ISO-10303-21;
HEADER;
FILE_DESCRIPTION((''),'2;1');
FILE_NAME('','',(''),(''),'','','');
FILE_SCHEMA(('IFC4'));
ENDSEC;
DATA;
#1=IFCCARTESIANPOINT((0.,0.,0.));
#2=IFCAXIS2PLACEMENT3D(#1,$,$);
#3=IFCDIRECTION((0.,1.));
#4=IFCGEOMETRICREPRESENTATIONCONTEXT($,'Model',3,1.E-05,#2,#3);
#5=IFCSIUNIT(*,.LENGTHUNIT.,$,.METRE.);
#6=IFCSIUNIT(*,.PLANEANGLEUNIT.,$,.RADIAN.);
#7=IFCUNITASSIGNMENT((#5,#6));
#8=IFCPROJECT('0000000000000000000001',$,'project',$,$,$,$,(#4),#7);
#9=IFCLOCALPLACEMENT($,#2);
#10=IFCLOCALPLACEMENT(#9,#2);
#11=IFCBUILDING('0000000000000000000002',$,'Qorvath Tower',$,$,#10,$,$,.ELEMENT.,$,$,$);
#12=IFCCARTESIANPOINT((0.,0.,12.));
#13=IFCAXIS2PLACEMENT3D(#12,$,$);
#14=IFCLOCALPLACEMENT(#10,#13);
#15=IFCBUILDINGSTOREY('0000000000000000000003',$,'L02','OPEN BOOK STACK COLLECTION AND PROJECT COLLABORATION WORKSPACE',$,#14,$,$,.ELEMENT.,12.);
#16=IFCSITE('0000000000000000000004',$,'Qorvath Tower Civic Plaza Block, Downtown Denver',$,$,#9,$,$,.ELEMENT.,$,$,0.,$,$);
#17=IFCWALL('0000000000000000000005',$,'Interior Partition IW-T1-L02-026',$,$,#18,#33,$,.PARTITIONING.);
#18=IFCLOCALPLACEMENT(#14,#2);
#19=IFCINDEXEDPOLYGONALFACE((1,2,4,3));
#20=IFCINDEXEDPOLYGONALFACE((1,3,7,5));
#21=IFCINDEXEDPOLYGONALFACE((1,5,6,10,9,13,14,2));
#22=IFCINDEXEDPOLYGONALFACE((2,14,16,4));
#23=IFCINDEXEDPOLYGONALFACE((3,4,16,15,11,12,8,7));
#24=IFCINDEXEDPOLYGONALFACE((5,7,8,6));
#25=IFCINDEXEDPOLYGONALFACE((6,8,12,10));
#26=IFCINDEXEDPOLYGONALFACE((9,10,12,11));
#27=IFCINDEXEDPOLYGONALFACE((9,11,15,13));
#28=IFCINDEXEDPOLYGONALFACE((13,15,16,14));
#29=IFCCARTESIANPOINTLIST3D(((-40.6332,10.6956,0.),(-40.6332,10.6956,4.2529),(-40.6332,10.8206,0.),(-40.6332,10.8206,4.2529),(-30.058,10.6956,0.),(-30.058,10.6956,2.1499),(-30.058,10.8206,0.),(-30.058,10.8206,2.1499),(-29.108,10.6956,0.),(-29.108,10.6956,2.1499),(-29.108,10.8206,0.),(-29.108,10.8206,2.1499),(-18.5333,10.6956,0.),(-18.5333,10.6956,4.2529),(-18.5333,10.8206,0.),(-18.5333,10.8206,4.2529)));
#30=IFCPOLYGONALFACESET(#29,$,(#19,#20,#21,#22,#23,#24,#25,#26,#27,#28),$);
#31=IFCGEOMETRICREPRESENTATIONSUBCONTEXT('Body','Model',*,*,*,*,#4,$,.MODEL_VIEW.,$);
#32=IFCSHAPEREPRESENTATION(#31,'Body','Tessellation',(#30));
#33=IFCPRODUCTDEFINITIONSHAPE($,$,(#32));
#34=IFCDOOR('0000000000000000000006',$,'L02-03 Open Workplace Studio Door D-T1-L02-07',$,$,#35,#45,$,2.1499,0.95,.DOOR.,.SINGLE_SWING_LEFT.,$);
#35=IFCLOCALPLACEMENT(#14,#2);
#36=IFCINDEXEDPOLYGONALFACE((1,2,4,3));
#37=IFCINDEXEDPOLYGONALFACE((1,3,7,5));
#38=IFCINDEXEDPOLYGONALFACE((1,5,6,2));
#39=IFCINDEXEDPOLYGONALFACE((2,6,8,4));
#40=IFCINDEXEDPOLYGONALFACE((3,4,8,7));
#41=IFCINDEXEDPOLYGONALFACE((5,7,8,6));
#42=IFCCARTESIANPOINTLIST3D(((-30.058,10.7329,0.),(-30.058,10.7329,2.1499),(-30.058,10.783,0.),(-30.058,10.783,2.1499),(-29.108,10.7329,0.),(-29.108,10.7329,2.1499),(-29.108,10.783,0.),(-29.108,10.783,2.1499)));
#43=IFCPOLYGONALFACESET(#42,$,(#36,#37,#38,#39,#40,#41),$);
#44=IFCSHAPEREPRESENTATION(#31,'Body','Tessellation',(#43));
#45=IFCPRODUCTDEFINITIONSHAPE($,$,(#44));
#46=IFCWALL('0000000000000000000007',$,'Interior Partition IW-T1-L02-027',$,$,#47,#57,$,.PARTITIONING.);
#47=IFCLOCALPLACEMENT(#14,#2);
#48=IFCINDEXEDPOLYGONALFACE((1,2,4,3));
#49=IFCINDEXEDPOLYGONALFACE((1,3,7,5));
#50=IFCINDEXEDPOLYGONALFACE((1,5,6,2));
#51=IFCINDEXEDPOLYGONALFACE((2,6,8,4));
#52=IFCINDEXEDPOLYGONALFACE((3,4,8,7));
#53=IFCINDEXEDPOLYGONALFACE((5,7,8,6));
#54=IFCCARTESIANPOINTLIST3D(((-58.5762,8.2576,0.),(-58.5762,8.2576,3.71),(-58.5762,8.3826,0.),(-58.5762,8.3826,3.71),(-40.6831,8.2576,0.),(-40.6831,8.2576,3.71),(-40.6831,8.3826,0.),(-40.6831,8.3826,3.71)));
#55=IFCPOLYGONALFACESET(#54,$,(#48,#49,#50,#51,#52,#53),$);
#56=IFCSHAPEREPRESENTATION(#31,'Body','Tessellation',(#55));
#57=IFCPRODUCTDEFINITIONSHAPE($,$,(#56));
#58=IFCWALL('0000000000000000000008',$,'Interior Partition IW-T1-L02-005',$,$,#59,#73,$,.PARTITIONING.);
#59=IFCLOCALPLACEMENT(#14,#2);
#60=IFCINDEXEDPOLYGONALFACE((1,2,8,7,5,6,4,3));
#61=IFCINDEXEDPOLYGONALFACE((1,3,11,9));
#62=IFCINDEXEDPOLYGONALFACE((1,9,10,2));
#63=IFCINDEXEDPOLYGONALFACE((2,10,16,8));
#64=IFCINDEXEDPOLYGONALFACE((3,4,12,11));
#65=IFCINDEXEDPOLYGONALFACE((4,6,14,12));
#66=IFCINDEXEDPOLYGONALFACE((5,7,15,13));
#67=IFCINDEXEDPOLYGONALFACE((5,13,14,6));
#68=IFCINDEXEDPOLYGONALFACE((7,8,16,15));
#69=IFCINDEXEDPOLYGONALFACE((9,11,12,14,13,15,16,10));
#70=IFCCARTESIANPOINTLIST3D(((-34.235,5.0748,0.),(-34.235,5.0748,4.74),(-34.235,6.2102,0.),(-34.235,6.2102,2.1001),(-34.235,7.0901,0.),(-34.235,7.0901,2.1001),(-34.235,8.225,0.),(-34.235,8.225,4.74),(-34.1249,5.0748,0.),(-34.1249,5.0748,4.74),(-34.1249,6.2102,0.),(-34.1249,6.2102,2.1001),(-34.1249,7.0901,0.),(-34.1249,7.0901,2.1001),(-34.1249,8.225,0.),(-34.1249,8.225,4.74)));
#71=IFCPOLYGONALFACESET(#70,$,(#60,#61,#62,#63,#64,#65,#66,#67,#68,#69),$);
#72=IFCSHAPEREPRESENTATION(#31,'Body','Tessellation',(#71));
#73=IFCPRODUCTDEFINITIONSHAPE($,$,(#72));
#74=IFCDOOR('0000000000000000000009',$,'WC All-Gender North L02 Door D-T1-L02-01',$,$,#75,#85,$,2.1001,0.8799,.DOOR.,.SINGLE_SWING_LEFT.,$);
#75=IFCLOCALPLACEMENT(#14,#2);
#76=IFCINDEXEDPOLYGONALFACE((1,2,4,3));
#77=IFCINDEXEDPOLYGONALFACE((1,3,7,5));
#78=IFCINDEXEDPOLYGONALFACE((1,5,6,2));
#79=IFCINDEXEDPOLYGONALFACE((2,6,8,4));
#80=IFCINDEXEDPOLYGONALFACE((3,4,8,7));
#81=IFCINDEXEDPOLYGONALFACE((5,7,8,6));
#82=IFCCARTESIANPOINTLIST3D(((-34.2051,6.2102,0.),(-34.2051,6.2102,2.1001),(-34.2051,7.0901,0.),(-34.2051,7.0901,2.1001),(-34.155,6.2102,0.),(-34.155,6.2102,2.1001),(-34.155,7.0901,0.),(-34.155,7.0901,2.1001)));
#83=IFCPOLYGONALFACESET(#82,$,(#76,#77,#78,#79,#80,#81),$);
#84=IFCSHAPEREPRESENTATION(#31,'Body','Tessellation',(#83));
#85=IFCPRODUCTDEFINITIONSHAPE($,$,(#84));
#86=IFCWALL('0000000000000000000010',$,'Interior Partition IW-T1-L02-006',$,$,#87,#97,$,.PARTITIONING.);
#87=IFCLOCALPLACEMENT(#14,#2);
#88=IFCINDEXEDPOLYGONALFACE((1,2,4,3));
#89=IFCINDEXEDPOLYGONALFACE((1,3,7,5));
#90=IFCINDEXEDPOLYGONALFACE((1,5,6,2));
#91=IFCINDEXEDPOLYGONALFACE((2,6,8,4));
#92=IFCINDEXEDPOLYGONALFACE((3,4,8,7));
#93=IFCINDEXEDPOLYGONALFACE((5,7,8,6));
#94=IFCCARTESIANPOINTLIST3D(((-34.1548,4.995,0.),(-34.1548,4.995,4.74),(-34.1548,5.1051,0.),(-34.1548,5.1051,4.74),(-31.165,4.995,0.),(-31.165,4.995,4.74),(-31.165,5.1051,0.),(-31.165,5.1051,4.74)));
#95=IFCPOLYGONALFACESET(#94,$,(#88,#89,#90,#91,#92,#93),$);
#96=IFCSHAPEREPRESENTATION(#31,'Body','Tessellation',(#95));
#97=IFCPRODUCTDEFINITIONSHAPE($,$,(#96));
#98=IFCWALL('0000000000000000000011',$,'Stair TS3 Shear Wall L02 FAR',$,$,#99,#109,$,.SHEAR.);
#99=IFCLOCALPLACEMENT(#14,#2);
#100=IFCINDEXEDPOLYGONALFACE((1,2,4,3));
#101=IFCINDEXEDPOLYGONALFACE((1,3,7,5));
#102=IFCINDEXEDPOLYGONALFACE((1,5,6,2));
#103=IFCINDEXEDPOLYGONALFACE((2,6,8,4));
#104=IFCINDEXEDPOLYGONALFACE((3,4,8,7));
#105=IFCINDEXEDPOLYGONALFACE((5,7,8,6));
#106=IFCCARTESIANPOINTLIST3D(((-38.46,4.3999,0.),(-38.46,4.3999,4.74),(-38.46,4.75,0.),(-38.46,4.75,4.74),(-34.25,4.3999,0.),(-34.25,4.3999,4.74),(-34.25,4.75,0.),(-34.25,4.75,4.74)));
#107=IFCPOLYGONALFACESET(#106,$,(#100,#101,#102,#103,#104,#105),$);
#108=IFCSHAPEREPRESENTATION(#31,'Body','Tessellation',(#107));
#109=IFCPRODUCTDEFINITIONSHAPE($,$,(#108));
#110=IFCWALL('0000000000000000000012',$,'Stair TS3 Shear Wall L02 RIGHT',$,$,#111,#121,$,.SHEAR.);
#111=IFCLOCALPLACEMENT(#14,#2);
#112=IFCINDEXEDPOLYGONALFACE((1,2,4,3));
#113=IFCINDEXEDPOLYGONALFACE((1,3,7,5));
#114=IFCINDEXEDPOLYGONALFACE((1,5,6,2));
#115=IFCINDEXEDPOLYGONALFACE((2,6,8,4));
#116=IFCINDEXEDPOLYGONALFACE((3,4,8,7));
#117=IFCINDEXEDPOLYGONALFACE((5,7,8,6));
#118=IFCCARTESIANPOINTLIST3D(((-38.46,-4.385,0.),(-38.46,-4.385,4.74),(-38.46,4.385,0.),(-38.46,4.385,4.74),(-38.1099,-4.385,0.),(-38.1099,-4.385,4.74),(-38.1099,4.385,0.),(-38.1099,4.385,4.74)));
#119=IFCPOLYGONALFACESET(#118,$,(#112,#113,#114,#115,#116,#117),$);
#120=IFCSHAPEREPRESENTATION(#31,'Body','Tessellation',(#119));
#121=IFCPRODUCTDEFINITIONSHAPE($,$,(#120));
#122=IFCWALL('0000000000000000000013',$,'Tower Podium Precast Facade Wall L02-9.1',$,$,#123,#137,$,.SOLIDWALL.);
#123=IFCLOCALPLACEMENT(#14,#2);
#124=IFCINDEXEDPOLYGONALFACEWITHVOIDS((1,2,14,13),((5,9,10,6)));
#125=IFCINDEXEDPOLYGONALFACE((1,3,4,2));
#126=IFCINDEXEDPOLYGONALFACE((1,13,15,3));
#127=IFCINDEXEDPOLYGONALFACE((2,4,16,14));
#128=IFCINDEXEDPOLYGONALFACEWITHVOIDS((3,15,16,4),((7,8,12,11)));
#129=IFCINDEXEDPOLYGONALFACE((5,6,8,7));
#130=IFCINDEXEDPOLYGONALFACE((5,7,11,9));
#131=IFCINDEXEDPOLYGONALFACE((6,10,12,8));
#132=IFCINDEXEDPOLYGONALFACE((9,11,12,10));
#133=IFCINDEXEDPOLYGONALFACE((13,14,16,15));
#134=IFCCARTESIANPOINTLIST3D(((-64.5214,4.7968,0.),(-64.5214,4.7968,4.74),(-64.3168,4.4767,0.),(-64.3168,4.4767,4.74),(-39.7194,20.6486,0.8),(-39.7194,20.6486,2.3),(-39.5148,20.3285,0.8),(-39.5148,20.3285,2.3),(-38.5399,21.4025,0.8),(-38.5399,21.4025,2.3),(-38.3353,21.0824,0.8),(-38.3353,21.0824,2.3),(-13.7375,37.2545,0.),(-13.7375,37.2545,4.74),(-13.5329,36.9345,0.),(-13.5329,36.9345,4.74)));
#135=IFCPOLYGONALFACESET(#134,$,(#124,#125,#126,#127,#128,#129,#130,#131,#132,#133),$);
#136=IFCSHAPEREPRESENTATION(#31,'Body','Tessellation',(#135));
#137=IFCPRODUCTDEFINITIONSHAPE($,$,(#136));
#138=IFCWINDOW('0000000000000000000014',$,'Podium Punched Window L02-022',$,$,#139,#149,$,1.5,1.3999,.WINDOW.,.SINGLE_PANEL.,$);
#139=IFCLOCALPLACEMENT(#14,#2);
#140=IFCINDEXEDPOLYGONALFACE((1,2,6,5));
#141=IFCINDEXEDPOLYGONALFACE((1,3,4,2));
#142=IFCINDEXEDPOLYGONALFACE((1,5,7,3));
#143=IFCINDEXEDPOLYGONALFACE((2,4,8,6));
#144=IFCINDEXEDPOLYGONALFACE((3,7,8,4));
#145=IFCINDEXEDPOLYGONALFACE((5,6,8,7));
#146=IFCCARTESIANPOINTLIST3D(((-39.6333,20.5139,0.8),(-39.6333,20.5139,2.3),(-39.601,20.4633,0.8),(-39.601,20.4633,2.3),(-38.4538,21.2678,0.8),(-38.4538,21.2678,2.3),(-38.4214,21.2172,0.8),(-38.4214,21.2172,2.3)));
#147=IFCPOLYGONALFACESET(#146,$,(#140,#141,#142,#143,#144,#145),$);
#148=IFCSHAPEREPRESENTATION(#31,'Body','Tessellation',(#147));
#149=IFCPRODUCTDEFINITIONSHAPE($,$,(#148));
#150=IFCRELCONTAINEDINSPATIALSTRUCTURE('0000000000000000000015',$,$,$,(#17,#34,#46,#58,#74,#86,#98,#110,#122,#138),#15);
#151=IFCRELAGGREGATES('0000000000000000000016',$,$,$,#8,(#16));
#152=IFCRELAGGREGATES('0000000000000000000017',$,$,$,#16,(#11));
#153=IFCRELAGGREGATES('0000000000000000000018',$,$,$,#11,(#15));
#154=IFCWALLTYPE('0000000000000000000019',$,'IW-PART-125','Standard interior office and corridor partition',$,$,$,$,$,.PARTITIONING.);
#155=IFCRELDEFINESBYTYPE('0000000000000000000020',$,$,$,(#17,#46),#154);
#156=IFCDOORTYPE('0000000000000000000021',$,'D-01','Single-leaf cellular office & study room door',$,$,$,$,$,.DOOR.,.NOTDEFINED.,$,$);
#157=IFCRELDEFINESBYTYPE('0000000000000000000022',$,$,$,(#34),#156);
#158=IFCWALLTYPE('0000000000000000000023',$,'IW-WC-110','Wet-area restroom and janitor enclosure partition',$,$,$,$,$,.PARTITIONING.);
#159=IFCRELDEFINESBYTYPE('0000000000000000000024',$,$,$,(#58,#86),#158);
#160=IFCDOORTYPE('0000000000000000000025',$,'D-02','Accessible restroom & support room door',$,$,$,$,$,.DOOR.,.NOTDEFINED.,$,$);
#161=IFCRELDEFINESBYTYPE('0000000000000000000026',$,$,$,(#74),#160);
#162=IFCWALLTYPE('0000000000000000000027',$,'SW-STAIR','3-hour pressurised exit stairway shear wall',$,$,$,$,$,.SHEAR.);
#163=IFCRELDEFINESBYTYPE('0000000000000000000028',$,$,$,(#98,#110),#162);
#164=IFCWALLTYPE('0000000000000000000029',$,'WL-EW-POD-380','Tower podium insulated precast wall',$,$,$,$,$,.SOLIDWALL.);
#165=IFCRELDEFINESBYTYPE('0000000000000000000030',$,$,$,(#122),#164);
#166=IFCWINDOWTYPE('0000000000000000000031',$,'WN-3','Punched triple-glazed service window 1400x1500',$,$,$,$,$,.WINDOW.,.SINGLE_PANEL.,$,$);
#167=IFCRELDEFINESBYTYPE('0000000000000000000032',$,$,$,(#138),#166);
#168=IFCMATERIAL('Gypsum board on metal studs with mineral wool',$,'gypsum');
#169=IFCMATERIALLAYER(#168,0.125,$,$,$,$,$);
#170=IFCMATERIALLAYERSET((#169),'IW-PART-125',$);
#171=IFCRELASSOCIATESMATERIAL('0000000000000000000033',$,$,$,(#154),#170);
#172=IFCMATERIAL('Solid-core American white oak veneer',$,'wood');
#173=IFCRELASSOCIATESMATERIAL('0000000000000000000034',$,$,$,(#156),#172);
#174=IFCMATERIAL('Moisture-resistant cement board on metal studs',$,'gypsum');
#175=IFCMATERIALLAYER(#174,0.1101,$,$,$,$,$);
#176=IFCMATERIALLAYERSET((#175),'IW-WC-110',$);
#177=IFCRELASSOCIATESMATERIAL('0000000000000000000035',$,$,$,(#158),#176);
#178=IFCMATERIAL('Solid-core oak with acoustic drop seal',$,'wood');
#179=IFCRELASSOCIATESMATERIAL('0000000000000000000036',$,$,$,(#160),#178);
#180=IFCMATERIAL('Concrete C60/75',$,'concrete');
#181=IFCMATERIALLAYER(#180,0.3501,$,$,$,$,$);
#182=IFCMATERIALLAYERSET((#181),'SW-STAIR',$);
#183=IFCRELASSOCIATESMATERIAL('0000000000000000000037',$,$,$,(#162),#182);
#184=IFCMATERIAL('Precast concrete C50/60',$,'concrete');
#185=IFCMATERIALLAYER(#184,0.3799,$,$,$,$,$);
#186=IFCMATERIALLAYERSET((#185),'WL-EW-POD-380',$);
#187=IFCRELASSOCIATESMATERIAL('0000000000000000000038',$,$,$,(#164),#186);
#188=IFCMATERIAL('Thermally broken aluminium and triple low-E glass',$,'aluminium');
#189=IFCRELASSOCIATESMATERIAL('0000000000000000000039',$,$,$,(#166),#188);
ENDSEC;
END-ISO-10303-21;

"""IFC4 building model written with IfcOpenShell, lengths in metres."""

from ifc_helpers import new_model, si_unit, direction, frame, frame_2d, origin, place, context, subcontext, project, spatial, rectangle, extrude, material, layer, layer_set, type_object, element, fill, save


model = new_model("IFC4")

# Units and contexts
model_context = context("Model", 3, precision=1e-05, world=origin(), true_north=direction((0.0, 1.0)))
body_context = subcontext(model_context, "Body", "Model", "MODEL_VIEW")
ifc_project = project(units=[si_unit("LENGTHUNIT", "METRE"), si_unit("PLANEANGLEUNIT", "RADIAN")], contexts=[model_context])

# Site, building, storey
site_placement = place(None, origin())
site = spatial("IfcSite", under=ifc_project, at=site_placement, Name="Qorvath Tower Civic Plaza Block, Downtown Denver", CompositionType="ELEMENT", RefElevation=0.0)
building_placement = place(site_placement, origin())
building = spatial("IfcBuilding", under=site, at=building_placement, Name="Qorvath Tower", CompositionType="ELEMENT")
storey_placement = place(building_placement, frame((0.0, 0.0, 12.0)))
storey = spatial("IfcBuildingStorey", under=building, at=storey_placement, Name="L02", Description="OPEN BOOK STACK COLLECTION AND PROJECT COLLABORATION WORKSPACE", CompositionType="ELEMENT", Elevation=12.0)

# Shared definitions
ifc_material_1 = material(Name="Gypsum board on metal studs with mineral wool", Category="gypsum")
ifc_layer_1 = layer(ifc_material_1, 0.125)
ifc_layer_set_1 = layer_set([ifc_layer_1], Name="IW-PART-125")
wall_type_1 = type_object("IfcWallType", Name="IW-PART-125", Description="Standard interior office and corridor partition", PredefinedType="PARTITIONING", material=ifc_layer_set_1)

# Wall, opening, door
wall_1_placement = place(storey_placement, frame((-40.6331, 10.7581, 0.0), z_axis=(0.0, 0.0, 1.0), x_axis=(1.0, 0.0, 0.0)))
wall_1 = element("IfcWall", 1, at=wall_1_placement, inside=storey, type_object=wall_type_1, Name="Interior Partition IW-T1-L02-026", PredefinedType="PARTITIONING", context=body_context, shape_type="SweptSolid", body=[
    extrude(rectangle(XDim=22.0999, YDim=0.125, at=frame_2d((11.0498, 0.0))), origin(), (0.0, 0.0, 1.0), 4.2529),
])
opening_1_placement = place(wall_1_placement, frame((10.575, 0.0, 0.0)))
opening_1 = element("IfcOpeningElement", 2, at=opening_1_placement, cuts=wall_1, PredefinedType="OPENING", context=body_context, shape_type="SweptSolid", body=[
    extrude(rectangle(XDim=0.95, YDim=2.1499, at=frame_2d((0.4751, 1.075))), frame((0.0, 0.0725, 0.0), z_axis=(0.0, -1.0, 0.0), x_axis=(1.0, 0.0, 0.0)), (0.0, 0.0, 1.0), 0.145),
])
ifc_material_2 = material(Name="Solid-core American white oak veneer", Category="wood")
door_type_1 = type_object("IfcDoorType", Name="D-01", Description="Single-leaf cellular office & study room door", OperationType="NOTDEFINED", PredefinedType="DOOR", material=ifc_material_2)
door_1_placement = place(opening_1_placement, origin())
door_1 = element("IfcDoor", 3, at=door_1_placement, inside=storey, type_object=door_type_1, Name="L02-03 Open Workplace Studio Door D-T1-L02-07", OperationType="SINGLE_SWING_LEFT", OverallHeight=2.1499, OverallWidth=0.95, PredefinedType="DOOR", context=body_context, shape_type="SweptSolid", body=[
    extrude(rectangle(XDim=0.95, YDim=2.1499, at=frame_2d((0.4751, 1.075))), frame((0.0, 0.0249, 0.0), z_axis=(0.0, -1.0, 0.0), x_axis=(1.0, 0.0, 0.0)), (0.0, 0.0, 1.0), 0.05),
])
fill(opening_1, door_1)

# Wall
wall_2_placement = place(storey_placement, frame((-58.5762, 8.3201, 0.0), z_axis=(0.0, 0.0, 1.0), x_axis=(1.0, 0.0, 0.0)))
element("IfcWall", 4, at=wall_2_placement, inside=storey, type_object=wall_type_1, Name="Interior Partition IW-T1-L02-027", PredefinedType="PARTITIONING", context=body_context, shape_type="SweptSolid", body=[
    extrude(rectangle(XDim=17.8931, YDim=0.125, at=frame_2d((8.9465, 0.0))), origin(), (0.0, 0.0, 1.0), 3.71),
])

# Wall, opening, door
ifc_material_3 = material(Name="Moisture-resistant cement board on metal studs", Category="gypsum")
ifc_layer_2 = layer(ifc_material_3, 0.1101)
ifc_layer_set_2 = layer_set([ifc_layer_2], Name="IW-WC-110")
wall_type_2 = type_object("IfcWallType", Name="IW-WC-110", Description="Wet-area restroom and janitor enclosure partition", PredefinedType="PARTITIONING", material=ifc_layer_set_2)
wall_3_placement = place(storey_placement, frame((-34.1799, 8.2251, 0.0), z_axis=(0.0, 0.0, 1.0), x_axis=(0.0, -1.0, 0.0)))
wall_3 = element("IfcWall", 5, at=wall_3_placement, inside=storey, type_object=wall_type_2, Name="Interior Partition IW-T1-L02-005", PredefinedType="PARTITIONING", context=body_context, shape_type="SweptSolid", body=[
    extrude(rectangle(XDim=3.1501, YDim=0.1101, at=frame_2d((1.5752, 0.0))), origin(), (0.0, 0.0, 1.0), 4.74),
])
opening_2_placement = place(wall_3_placement, frame((1.135, 0.0, 0.0)))
opening_2 = element("IfcOpeningElement", 6, at=opening_2_placement, cuts=wall_3, PredefinedType="OPENING", context=body_context, shape_type="SweptSolid", body=[
    extrude(rectangle(XDim=0.8799, YDim=2.1001, at=frame_2d((0.4399, 1.05))), frame((0.0, 0.0649, 0.0), z_axis=(0.0, -1.0, 0.0), x_axis=(1.0, 0.0, 0.0)), (0.0, 0.0, 1.0), 0.1301),
])
ifc_material_4 = material(Name="Solid-core oak with acoustic drop seal", Category="wood")
door_type_2 = type_object("IfcDoorType", Name="D-02", Description="Accessible restroom & support room door", OperationType="NOTDEFINED", PredefinedType="DOOR", material=ifc_material_4)
door_2_placement = place(opening_2_placement, origin())
door_2 = element("IfcDoor", 7, at=door_2_placement, inside=storey, type_object=door_type_2, Name="WC All-Gender North L02 Door D-T1-L02-01", OperationType="SINGLE_SWING_LEFT", OverallHeight=2.1001, OverallWidth=0.8799, PredefinedType="DOOR", context=body_context, shape_type="SweptSolid", body=[
    extrude(rectangle(XDim=0.8799, YDim=2.1001, at=frame_2d((0.4399, 1.05))), frame((0.0, 0.0249, 0.0), z_axis=(0.0, -1.0, 0.0), x_axis=(1.0, 0.0, 0.0)), (0.0, 0.0, 1.0), 0.05),
])
fill(opening_2, door_2)

# Walls
wall_4_placement = place(storey_placement, frame((-34.1548, 5.05, 0.0), z_axis=(0.0, 0.0, 1.0), x_axis=(1.0, 0.0, 0.0)))
element("IfcWall", 8, at=wall_4_placement, inside=storey, type_object=wall_type_2, Name="Interior Partition IW-T1-L02-006", PredefinedType="PARTITIONING", context=body_context, shape_type="SweptSolid", body=[
    extrude(rectangle(XDim=2.9897, YDim=0.1101, at=frame_2d((1.4949, 0.0))), origin(), (0.0, 0.0, 1.0), 4.74),
])
ifc_material_5 = material(Name="Concrete C60/75", Category="concrete")
ifc_layer_3 = layer(ifc_material_5, 0.3501)
ifc_layer_set_3 = layer_set([ifc_layer_3], Name="SW-STAIR")
wall_type_3 = type_object("IfcWallType", Name="SW-STAIR", Description="3-hour pressurised exit stairway shear wall", PredefinedType="SHEAR", material=ifc_layer_set_3)
wall_5_placement = place(storey_placement, frame((-34.25, 4.575, 0.0), z_axis=(0.0, 0.0, 1.0), x_axis=(-1.0, 0.0, 0.0)))
element("IfcWall", 9, at=wall_5_placement, inside=storey, type_object=wall_type_3, Name="Stair TS3 Shear Wall L02 FAR", PredefinedType="SHEAR", context=body_context, shape_type="SweptSolid", body=[
    extrude(rectangle(XDim=4.21, YDim=0.3501, at=frame_2d((2.105, 0.0))), origin(), (0.0, 0.0, 1.0), 4.74),
])
wall_6_placement = place(storey_placement, frame((-38.2849, 4.385, 0.0), z_axis=(0.0, 0.0, 1.0), x_axis=(0.0, -1.0, 0.0)))
element("IfcWall", 10, at=wall_6_placement, inside=storey, type_object=wall_type_3, Name="Stair TS3 Shear Wall L02 RIGHT", PredefinedType="SHEAR", context=body_context, shape_type="SweptSolid", body=[
    extrude(rectangle(XDim=8.77, YDim=0.3501, at=frame_2d((4.385, 0.0))), origin(), (0.0, 0.0, 1.0), 4.74),
])

# Wall, opening, window
ifc_material_6 = material(Name="Precast concrete C50/60", Category="concrete")
ifc_layer_4 = layer(ifc_material_6, 0.3799)
ifc_layer_set_4 = layer_set([ifc_layer_4], Name="WL-EW-POD-380")
wall_type_4 = type_object("IfcWallType", Name="WL-EW-POD-380", Description="Tower podium insulated precast wall", PredefinedType="SOLIDWALL", material=ifc_layer_set_4)
wall_7_placement = place(storey_placement, frame((-64.4192, 4.6367, 0.0), z_axis=(0.0, 0.0, 1.0), x_axis=(0.842602, 0.538536, 0.0)))
wall_7 = element("IfcWall", 11, at=wall_7_placement, inside=storey, type_object=wall_type_4, Name="Tower Podium Precast Facade Wall L02-9.1", PredefinedType="SOLIDWALL", context=body_context, shape_type="SweptSolid", body=[
    extrude(rectangle(XDim=60.2703, YDim=0.3799, at=frame_2d((30.1353, 0.0))), origin(), (0.0, 0.0, 1.0), 4.74),
])
opening_3_placement = place(wall_7_placement, frame((29.4351, 0.0, 0.8)))
opening_3 = element("IfcOpeningElement", 12, at=opening_3_placement, cuts=wall_7, PredefinedType="OPENING", context=body_context, shape_type="SweptSolid", body=[
    extrude(rectangle(XDim=1.3999, YDim=1.5, at=frame_2d((0.7, 0.75))), frame((0.0, 0.2, 0.0), z_axis=(0.0, -1.0, 0.0), x_axis=(1.0, 0.0, 0.0)), (0.0, 0.0, 1.0), 0.3999),
])
ifc_material_7 = material(Name="Thermally broken aluminium and triple low-E glass", Category="aluminium")
window_type = type_object("IfcWindowType", Name="WN-3", Description="Punched triple-glazed service window 1400x1500", PartitioningType="SINGLE_PANEL", PredefinedType="WINDOW", material=ifc_material_7)
window_placement = place(opening_3_placement, origin())
window = element("IfcWindow", 13, at=window_placement, inside=storey, type_object=window_type, Name="Podium Punched Window L02-022", OverallHeight=1.5, OverallWidth=1.3999, PartitioningType="SINGLE_PANEL", PredefinedType="WINDOW", context=body_context, shape_type="SweptSolid", body=[
    extrude(rectangle(XDim=1.3999, YDim=1.5, at=frame_2d((0.7, 0.75))), frame((0.0, 0.03, 0.0), z_axis=(0.0, -1.0, 0.0), x_axis=(1.0, 0.0, 0.0)), (0.0, 0.0, 1.0), 0.0601),
])
fill(opening_3, window)

save(model, "model.ifc")
